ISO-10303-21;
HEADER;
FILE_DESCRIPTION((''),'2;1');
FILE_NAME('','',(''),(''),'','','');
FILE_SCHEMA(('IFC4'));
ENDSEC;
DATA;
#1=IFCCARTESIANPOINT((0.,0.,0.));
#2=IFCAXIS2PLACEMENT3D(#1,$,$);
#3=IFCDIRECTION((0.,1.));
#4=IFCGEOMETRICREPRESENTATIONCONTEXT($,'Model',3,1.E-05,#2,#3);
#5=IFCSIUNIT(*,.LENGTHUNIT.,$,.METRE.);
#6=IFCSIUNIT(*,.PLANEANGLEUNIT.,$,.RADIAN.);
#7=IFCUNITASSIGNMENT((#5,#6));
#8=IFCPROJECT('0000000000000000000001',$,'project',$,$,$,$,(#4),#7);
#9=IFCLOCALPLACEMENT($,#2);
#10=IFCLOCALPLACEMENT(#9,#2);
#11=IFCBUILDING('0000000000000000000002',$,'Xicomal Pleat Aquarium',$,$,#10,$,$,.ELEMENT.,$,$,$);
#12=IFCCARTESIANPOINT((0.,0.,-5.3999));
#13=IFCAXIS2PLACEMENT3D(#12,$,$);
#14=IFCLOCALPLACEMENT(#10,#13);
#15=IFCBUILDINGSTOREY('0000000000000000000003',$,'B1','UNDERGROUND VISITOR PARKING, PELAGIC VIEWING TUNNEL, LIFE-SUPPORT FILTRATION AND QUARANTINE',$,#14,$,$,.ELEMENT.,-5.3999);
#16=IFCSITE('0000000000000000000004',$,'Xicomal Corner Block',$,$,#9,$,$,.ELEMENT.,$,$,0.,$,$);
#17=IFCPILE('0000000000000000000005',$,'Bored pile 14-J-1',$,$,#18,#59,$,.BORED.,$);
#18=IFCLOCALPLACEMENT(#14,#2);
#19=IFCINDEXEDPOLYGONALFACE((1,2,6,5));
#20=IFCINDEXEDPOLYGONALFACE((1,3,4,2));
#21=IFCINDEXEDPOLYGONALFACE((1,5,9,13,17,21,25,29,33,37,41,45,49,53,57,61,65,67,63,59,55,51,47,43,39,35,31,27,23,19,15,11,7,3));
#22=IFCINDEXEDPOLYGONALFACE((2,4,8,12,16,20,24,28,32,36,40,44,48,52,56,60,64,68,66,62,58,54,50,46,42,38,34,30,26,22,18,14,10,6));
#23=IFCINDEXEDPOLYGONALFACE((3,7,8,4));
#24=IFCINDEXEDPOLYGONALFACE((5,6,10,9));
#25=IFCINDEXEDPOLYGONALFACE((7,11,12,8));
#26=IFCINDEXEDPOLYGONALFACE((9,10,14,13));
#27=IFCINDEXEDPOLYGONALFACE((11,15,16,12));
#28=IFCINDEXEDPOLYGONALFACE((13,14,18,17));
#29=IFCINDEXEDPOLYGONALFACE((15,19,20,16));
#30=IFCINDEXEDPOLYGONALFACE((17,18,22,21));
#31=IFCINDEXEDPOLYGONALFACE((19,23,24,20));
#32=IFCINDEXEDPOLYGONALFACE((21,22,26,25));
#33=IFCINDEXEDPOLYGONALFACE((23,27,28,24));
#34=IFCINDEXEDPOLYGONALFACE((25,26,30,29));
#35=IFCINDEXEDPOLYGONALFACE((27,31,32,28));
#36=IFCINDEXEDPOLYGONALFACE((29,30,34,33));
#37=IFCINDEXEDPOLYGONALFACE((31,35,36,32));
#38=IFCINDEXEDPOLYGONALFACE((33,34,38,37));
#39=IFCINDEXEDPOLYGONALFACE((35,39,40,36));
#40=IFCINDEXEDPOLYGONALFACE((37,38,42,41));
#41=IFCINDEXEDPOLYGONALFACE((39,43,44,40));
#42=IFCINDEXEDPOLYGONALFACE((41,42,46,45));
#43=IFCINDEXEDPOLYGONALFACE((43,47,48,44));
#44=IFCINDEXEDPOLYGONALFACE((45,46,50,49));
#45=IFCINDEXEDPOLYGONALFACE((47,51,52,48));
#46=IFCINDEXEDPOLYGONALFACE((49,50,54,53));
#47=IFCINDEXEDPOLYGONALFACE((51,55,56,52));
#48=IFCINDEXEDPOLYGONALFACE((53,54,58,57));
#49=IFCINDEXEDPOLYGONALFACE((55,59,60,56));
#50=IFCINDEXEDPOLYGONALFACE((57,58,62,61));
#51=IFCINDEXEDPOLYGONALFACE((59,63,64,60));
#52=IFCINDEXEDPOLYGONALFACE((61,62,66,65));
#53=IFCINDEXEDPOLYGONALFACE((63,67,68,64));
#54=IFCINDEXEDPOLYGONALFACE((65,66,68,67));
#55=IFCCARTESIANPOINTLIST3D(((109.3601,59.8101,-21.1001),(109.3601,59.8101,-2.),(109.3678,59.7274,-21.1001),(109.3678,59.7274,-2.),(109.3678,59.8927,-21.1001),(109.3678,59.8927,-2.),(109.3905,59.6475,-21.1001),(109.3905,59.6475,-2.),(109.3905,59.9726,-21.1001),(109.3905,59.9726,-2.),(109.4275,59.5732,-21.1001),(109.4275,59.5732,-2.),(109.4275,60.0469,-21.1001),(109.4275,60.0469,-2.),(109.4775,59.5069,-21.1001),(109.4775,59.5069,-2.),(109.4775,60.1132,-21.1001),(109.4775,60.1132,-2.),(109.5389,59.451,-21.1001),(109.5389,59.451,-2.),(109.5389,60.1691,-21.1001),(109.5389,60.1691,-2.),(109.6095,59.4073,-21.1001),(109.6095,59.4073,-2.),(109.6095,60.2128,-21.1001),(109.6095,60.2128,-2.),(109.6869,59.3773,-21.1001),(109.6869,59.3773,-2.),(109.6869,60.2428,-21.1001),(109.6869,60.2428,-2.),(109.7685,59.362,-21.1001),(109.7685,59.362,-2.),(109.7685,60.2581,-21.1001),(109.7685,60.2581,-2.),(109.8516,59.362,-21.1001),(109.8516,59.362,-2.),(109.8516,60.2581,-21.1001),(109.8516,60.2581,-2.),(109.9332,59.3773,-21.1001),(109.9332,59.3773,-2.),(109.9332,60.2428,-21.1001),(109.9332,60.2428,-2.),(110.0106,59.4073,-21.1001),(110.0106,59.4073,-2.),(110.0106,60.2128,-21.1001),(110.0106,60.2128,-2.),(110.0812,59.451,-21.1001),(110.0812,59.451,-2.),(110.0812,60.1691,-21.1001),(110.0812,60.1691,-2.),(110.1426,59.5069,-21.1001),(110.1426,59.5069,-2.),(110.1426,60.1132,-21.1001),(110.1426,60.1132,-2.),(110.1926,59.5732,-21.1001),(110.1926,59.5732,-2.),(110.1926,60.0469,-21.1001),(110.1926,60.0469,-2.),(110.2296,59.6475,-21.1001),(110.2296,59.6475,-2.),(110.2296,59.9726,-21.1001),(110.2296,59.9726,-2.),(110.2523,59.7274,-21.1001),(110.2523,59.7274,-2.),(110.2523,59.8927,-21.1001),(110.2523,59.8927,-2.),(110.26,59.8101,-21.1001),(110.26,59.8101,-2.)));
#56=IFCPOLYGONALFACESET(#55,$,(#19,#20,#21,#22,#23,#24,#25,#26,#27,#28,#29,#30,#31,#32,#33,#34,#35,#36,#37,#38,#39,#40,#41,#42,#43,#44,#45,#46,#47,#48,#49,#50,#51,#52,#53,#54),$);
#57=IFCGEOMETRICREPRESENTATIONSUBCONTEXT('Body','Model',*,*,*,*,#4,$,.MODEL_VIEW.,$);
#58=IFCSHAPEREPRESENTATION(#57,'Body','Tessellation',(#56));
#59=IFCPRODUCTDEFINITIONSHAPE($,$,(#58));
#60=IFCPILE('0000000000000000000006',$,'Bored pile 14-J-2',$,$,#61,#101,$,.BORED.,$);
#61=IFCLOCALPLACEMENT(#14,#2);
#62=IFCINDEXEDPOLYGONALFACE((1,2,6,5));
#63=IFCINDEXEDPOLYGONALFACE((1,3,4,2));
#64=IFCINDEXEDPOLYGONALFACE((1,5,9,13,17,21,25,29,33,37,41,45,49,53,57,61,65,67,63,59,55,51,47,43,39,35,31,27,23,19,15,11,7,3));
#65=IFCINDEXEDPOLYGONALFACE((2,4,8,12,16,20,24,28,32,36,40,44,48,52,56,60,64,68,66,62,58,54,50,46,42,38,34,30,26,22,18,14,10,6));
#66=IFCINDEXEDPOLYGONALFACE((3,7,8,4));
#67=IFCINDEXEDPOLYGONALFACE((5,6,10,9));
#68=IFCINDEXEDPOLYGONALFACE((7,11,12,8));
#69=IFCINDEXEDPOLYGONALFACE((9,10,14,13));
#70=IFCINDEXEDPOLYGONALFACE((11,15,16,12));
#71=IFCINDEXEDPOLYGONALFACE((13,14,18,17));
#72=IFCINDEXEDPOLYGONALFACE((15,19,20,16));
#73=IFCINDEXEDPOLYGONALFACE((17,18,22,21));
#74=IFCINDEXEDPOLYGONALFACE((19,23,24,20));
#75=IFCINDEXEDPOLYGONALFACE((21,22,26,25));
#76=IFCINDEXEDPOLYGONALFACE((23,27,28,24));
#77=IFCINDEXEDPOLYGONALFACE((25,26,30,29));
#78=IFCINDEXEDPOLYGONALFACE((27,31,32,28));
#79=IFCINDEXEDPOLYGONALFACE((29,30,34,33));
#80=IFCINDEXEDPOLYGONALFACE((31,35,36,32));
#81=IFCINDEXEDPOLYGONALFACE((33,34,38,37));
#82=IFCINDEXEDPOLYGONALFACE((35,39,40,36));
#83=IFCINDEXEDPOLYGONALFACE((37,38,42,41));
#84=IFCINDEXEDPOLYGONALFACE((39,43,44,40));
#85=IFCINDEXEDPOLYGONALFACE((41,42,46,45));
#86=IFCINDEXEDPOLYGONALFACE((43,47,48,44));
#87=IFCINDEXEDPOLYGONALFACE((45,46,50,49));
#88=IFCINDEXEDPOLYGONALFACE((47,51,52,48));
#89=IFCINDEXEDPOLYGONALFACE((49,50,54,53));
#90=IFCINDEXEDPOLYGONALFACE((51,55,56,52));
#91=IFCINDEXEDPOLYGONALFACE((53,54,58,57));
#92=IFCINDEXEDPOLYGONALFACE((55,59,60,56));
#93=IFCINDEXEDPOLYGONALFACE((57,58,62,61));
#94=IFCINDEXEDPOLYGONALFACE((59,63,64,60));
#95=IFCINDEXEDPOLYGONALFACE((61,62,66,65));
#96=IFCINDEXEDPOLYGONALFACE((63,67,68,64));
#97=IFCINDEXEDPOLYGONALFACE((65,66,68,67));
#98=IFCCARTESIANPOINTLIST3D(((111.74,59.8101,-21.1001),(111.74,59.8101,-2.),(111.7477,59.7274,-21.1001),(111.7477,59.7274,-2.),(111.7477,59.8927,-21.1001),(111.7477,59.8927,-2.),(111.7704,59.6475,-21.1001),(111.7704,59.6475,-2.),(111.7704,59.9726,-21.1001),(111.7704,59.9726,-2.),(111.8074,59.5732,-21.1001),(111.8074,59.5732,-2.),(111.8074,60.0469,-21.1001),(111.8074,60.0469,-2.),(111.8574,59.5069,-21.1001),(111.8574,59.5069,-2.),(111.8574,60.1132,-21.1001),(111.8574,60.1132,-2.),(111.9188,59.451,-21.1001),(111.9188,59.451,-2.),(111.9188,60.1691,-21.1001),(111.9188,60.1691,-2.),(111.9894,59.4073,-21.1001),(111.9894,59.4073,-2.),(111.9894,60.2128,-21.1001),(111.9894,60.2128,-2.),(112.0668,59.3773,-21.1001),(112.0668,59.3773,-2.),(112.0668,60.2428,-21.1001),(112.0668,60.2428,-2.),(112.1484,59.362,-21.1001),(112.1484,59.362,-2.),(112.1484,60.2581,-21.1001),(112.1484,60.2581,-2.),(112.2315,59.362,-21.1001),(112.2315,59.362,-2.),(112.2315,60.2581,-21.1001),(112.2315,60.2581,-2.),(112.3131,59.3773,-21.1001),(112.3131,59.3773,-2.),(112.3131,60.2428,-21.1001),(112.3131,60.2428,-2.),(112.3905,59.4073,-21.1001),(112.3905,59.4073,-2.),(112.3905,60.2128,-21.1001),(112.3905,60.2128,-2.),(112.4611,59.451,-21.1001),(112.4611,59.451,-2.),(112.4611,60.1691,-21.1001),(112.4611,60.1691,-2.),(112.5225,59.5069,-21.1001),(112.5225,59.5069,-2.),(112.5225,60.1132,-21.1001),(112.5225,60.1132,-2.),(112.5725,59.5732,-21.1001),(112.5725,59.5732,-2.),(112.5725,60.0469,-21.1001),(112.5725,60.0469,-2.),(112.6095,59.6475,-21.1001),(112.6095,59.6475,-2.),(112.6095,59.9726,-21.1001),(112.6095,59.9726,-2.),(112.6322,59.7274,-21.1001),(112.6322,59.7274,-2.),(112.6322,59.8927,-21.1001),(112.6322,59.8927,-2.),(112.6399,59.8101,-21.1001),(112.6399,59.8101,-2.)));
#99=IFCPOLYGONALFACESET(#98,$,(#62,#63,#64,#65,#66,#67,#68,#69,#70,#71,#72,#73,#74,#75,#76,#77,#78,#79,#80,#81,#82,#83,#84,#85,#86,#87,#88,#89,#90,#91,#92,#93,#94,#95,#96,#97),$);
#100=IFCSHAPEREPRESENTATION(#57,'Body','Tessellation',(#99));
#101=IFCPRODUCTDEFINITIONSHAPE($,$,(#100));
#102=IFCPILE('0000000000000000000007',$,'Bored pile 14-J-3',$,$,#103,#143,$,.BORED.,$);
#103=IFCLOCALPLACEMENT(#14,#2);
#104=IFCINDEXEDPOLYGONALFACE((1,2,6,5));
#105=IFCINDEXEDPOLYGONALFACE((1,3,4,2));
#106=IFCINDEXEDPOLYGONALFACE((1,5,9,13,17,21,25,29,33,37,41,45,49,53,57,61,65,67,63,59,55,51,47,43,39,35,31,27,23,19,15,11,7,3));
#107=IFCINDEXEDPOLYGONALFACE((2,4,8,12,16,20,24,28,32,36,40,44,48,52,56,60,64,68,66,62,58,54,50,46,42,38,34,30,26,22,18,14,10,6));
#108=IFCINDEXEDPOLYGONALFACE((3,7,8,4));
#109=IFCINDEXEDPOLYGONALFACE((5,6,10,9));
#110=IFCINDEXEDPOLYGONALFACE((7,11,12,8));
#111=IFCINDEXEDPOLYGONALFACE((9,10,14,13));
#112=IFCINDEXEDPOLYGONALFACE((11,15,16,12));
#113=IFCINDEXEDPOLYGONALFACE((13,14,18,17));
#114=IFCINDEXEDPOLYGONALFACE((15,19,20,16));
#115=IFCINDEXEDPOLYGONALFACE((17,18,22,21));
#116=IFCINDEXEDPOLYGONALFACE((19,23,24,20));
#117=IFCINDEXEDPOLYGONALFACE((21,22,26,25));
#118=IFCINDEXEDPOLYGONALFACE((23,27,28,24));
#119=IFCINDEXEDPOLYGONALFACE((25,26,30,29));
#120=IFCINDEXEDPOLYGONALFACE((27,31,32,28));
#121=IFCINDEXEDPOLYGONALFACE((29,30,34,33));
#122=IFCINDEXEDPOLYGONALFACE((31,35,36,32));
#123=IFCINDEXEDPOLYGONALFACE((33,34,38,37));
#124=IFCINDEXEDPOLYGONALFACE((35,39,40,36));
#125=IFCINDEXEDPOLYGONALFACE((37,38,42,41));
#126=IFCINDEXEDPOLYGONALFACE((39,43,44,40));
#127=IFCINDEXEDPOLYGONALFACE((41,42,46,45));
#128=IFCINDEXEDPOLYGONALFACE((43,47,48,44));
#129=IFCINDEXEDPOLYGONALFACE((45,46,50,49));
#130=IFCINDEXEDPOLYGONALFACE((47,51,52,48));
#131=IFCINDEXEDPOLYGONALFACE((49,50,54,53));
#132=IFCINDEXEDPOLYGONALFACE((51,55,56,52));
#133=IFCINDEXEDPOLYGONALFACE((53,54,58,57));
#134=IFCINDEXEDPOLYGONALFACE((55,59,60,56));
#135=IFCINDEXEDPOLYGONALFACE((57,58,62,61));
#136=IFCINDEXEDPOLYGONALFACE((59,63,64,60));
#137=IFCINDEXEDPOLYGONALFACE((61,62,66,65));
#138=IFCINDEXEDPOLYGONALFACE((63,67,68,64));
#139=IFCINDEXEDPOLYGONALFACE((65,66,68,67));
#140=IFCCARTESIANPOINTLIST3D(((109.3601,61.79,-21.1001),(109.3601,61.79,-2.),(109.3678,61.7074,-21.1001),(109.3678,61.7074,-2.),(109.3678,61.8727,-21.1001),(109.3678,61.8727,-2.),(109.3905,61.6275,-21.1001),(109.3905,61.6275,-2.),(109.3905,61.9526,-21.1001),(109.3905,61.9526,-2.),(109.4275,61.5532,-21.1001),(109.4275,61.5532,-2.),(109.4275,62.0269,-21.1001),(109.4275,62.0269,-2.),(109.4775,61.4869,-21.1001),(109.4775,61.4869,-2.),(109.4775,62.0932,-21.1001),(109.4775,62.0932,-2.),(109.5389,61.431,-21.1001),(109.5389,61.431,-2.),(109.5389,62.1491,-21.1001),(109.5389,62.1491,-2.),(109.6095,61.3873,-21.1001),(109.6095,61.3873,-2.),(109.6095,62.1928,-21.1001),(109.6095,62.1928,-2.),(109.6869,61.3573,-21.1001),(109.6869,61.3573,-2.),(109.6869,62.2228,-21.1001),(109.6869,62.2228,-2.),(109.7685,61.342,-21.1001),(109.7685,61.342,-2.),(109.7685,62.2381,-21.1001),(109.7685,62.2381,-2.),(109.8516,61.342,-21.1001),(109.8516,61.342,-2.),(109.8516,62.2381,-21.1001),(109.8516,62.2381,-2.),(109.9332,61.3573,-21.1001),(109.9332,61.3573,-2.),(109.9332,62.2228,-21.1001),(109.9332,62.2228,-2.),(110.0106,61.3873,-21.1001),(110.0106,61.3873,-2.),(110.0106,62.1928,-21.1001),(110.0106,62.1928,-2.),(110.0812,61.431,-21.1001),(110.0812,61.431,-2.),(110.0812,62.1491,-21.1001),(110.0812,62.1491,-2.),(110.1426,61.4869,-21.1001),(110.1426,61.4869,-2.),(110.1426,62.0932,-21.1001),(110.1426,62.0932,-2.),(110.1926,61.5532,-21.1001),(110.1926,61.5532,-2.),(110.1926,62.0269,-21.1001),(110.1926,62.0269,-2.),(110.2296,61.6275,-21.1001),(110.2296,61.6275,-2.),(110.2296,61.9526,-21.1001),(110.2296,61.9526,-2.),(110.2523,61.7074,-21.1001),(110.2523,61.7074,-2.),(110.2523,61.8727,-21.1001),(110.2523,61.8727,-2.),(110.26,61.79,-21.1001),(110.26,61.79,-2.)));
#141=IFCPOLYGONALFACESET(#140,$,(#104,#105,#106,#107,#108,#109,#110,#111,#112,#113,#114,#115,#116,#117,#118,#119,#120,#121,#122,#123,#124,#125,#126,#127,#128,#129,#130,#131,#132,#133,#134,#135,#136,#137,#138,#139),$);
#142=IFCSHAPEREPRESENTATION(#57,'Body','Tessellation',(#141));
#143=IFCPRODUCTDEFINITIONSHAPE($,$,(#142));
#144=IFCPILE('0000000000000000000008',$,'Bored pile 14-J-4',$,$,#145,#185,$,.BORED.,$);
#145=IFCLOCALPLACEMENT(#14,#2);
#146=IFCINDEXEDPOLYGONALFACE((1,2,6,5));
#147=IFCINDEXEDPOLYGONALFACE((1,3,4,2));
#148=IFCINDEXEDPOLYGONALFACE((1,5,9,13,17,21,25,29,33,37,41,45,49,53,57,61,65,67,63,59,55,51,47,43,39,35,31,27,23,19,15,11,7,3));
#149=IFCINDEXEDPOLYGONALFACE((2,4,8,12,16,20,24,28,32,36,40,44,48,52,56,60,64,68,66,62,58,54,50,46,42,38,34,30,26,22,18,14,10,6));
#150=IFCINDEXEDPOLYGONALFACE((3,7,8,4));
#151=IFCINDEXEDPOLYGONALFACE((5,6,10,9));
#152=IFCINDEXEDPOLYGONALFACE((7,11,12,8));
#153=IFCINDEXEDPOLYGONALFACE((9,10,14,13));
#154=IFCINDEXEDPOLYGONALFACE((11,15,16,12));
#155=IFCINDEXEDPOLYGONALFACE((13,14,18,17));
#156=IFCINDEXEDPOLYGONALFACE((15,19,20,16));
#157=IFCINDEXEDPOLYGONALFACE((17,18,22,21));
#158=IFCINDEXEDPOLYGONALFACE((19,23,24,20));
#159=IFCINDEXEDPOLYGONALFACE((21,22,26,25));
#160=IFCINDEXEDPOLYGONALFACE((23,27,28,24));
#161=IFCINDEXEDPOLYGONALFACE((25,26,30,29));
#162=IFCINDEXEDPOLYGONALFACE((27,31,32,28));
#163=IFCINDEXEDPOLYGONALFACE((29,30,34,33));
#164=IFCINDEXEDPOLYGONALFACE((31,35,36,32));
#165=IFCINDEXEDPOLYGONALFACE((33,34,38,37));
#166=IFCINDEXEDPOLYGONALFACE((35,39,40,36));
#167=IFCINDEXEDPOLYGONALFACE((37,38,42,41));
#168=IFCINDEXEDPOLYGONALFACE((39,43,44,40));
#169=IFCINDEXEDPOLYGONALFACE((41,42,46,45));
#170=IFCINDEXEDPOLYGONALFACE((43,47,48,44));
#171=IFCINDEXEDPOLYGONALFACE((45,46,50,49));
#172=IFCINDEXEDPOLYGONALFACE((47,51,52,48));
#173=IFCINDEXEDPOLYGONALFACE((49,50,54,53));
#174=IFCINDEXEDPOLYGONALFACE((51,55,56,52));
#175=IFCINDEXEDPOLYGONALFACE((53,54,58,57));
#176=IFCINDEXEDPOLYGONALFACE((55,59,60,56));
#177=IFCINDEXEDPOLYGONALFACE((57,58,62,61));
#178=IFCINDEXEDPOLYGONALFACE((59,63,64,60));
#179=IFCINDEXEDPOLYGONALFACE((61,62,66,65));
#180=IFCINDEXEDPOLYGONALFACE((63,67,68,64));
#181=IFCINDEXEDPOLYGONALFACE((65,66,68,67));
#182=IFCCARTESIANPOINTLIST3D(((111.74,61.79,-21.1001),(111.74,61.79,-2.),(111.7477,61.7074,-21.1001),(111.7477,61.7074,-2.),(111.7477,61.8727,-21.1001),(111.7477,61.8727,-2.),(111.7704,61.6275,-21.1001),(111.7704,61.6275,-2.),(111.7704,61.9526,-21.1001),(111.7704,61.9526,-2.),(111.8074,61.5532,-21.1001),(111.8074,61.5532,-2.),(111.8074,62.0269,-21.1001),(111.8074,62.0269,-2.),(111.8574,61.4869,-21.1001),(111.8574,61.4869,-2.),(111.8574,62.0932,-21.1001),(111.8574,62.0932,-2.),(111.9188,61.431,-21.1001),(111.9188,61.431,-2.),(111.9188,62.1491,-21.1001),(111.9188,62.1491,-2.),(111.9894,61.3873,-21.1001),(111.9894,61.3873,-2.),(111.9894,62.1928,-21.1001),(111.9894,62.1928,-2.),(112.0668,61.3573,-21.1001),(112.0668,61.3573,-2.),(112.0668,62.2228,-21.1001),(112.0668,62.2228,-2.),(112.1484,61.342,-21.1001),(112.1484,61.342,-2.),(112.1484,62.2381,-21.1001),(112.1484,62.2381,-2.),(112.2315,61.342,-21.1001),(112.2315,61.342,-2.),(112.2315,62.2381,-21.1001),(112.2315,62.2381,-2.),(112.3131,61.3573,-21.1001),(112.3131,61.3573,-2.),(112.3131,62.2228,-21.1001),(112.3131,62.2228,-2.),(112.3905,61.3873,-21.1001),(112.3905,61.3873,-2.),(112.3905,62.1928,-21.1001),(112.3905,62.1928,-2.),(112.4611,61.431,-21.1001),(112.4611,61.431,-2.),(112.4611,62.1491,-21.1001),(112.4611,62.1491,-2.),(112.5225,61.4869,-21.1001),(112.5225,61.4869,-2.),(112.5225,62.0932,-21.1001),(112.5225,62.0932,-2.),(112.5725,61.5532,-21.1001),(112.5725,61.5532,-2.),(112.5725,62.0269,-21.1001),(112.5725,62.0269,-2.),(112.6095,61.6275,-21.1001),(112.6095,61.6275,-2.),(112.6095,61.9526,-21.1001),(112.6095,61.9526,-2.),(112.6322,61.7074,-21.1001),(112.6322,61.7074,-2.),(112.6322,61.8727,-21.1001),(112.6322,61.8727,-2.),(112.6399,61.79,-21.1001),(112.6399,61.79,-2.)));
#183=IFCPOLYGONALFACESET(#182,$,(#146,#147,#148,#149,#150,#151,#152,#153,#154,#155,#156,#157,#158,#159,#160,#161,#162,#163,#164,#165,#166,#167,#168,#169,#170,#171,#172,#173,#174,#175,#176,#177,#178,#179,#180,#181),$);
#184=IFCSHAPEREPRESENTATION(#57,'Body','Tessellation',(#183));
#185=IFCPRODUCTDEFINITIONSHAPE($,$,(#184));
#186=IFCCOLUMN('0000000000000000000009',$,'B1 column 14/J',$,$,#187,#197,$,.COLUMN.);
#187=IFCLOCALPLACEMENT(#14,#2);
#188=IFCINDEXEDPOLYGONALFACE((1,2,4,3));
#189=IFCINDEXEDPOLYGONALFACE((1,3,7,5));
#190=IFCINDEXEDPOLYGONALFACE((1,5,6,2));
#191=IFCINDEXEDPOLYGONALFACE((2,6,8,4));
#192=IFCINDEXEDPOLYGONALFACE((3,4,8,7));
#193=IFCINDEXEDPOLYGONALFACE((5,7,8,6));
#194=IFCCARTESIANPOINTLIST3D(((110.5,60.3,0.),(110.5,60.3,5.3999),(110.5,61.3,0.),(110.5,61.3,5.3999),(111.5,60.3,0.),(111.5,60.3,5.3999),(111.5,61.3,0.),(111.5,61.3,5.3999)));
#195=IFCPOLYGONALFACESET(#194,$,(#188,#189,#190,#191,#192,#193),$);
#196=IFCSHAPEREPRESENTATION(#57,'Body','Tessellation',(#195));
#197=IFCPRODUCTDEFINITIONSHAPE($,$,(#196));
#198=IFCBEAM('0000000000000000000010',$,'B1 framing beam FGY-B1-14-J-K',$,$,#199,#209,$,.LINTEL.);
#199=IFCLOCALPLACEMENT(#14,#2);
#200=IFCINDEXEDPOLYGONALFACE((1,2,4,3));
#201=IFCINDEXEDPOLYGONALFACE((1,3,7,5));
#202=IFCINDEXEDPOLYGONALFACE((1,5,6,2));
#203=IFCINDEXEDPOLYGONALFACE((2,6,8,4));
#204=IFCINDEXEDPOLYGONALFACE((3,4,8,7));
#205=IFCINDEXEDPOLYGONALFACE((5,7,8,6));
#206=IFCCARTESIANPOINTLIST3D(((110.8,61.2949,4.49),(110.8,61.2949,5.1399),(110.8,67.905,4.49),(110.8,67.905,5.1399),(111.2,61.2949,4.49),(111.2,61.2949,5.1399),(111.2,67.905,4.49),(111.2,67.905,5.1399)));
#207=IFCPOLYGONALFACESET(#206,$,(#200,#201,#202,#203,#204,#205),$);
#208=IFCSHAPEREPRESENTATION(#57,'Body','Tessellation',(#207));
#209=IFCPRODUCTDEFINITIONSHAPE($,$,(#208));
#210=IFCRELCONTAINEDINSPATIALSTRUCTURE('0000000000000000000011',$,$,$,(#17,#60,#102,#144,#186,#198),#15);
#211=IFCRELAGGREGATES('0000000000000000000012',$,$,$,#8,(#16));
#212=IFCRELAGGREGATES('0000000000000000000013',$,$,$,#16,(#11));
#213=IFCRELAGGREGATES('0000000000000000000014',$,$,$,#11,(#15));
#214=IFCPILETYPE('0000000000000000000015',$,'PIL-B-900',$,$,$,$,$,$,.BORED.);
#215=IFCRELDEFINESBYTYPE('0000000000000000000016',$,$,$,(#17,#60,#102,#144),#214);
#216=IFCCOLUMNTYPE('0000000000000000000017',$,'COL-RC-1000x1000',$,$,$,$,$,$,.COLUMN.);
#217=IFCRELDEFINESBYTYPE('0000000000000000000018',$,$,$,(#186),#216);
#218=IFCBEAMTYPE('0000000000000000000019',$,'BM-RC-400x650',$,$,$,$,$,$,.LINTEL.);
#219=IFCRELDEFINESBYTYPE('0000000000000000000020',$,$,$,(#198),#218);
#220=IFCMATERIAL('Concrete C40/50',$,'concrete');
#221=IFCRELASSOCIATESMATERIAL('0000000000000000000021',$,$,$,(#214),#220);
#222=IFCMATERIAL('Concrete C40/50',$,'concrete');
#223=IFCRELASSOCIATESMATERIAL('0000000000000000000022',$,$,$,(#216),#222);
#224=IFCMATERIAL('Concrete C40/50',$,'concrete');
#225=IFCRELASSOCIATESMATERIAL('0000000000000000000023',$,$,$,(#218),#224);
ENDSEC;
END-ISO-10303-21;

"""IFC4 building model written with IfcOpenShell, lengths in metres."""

from ifc_helpers import new_model, si_unit, direction, frame, origin, origin_2d, place, context, subcontext, project, spatial, rectangle, circle, extrude, material, material_profile, profile_set, type_object, element, save


model = new_model("IFC4")

# Units and contexts
model_context = context("Model", 3, precision=1e-05, world=origin(), true_north=direction((0.0, 1.0)))
body_context = subcontext(model_context, "Body", "Model", "MODEL_VIEW")
ifc_project = project(units=[si_unit("LENGTHUNIT", "METRE"), si_unit("PLANEANGLEUNIT", "RADIAN")], contexts=[model_context])

# Site, building, storey
site_placement = place(None, origin())
site = spatial("IfcSite", under=ifc_project, at=site_placement, Name="Xicomal Corner Block", CompositionType="ELEMENT", RefElevation=0.0)
building_placement = place(site_placement, origin())
building = spatial("IfcBuilding", under=site, at=building_placement, Name="Xicomal Pleat Aquarium", CompositionType="ELEMENT")
storey_placement = place(building_placement, frame((0.0, 0.0, -5.3999)))
storey = spatial("IfcBuildingStorey", under=building, at=storey_placement, Name="B1", Description="UNDERGROUND VISITOR PARKING, PELAGIC VIEWING TUNNEL, LIFE-SUPPORT FILTRATION AND QUARANTINE", CompositionType="ELEMENT", Elevation=-5.3999)

# Piles
ifc_material_1 = material(Name="Concrete C40/50", Category="concrete")
ifc_material_profile_1 = material_profile(ifc_material_1, circle(Radius=0.45, at=origin_2d()), Name="BORED PILE D900")
ifc_profile_set_1 = profile_set([ifc_material_profile_1], Name="Concrete C40/50")
pile_type_1 = type_object("IfcPileType", Name="PIL-B-900", PredefinedType="BORED", material=ifc_profile_set_1)
for number, where, z_axis, x_axis, name in (
    (1, (109.8101, 59.8101, -2.0), (0.0, 0.0, -1.0), (1.0, 0.0, 0.0), "Bored pile 14-J-1"),
    (2, (112.1899, 59.8101, -2.0), (0.0, 0.0, -1.0), (1.0, 0.0, 0.0), "Bored pile 14-J-2"),
    (3, (109.8101, 61.79, -2.0), (0.0, 0.0, -1.0), (1.0, 0.0, 0.0), "Bored pile 14-J-3"),
    (4, (112.1899, 61.79, -2.0), (0.0, 0.0, -1.0), (1.0, 0.0, 0.0), "Bored pile 14-J-4"),
):
    element("IfcPile", number, at=place(storey_placement, frame(where, z_axis=z_axis, x_axis=x_axis)), inside=storey, type_object=pile_type_1, Name=name, PredefinedType="BORED", context=body_context, shape_type="SweptSolid", body=[
        extrude(circle(Radius=0.45, at=origin_2d()), origin(), (0.0, 0.0, 1.0), 19.1001),
    ])

# Column
ifc_material_2 = material(Name="Concrete C40/50", Category="concrete")
ifc_material_profile_2 = material_profile(ifc_material_2, rectangle(XDim=1.0, YDim=1.0, at=origin_2d()), Name="RC 1000x1000")
ifc_profile_set_2 = profile_set([ifc_material_profile_2], Name="Concrete C40/50")
column_type = type_object("IfcColumnType", Name="COL-RC-1000x1000", PredefinedType="COLUMN", material=ifc_profile_set_2)
column_placement = place(storey_placement, frame((111.0, 60.8, 0.0), z_axis=(0.0, 0.0, 1.0), x_axis=(1.0, 0.0, 0.0)))
element("IfcColumn", 5, at=column_placement, inside=storey, type_object=column_type, Name="B1 column 14/J", PredefinedType="COLUMN", context=body_context, shape_type="SweptSolid", body=[
    extrude(rectangle(XDim=1.0, YDim=1.0, at=origin_2d()), origin(), (0.0, 0.0, 1.0), 5.3999),
])

# Beam
ifc_material_3 = material(Name="Concrete C40/50", Category="concrete")
ifc_material_profile_3 = material_profile(ifc_material_3, rectangle(XDim=0.3999, YDim=0.6499, at=origin_2d()), Name="RC 400x650")
ifc_profile_set_3 = profile_set([ifc_material_profile_3], Name="Concrete C40/50")
beam_type_1 = type_object("IfcBeamType", Name="BM-RC-400x650", PredefinedType="LINTEL", material=ifc_profile_set_3)
beam_1_placement = place(storey_placement, frame((111.0, 61.2949, 4.8149), z_axis=(0.0, 1.0, 0.0), x_axis=(-1.0, 0.0, 0.0)))
element("IfcBeam", 6, at=beam_1_placement, inside=storey, type_object=beam_type_1, Name="B1 framing beam FGY-B1-14-J-K", PredefinedType="LINTEL", context=body_context, shape_type="SweptSolid", body=[
    extrude(rectangle(XDim=0.3999, YDim=0.6499, at=origin_2d()), origin(), (0.0, 0.0, 1.0), 6.6101),
])

save(model, "model.ifc")
